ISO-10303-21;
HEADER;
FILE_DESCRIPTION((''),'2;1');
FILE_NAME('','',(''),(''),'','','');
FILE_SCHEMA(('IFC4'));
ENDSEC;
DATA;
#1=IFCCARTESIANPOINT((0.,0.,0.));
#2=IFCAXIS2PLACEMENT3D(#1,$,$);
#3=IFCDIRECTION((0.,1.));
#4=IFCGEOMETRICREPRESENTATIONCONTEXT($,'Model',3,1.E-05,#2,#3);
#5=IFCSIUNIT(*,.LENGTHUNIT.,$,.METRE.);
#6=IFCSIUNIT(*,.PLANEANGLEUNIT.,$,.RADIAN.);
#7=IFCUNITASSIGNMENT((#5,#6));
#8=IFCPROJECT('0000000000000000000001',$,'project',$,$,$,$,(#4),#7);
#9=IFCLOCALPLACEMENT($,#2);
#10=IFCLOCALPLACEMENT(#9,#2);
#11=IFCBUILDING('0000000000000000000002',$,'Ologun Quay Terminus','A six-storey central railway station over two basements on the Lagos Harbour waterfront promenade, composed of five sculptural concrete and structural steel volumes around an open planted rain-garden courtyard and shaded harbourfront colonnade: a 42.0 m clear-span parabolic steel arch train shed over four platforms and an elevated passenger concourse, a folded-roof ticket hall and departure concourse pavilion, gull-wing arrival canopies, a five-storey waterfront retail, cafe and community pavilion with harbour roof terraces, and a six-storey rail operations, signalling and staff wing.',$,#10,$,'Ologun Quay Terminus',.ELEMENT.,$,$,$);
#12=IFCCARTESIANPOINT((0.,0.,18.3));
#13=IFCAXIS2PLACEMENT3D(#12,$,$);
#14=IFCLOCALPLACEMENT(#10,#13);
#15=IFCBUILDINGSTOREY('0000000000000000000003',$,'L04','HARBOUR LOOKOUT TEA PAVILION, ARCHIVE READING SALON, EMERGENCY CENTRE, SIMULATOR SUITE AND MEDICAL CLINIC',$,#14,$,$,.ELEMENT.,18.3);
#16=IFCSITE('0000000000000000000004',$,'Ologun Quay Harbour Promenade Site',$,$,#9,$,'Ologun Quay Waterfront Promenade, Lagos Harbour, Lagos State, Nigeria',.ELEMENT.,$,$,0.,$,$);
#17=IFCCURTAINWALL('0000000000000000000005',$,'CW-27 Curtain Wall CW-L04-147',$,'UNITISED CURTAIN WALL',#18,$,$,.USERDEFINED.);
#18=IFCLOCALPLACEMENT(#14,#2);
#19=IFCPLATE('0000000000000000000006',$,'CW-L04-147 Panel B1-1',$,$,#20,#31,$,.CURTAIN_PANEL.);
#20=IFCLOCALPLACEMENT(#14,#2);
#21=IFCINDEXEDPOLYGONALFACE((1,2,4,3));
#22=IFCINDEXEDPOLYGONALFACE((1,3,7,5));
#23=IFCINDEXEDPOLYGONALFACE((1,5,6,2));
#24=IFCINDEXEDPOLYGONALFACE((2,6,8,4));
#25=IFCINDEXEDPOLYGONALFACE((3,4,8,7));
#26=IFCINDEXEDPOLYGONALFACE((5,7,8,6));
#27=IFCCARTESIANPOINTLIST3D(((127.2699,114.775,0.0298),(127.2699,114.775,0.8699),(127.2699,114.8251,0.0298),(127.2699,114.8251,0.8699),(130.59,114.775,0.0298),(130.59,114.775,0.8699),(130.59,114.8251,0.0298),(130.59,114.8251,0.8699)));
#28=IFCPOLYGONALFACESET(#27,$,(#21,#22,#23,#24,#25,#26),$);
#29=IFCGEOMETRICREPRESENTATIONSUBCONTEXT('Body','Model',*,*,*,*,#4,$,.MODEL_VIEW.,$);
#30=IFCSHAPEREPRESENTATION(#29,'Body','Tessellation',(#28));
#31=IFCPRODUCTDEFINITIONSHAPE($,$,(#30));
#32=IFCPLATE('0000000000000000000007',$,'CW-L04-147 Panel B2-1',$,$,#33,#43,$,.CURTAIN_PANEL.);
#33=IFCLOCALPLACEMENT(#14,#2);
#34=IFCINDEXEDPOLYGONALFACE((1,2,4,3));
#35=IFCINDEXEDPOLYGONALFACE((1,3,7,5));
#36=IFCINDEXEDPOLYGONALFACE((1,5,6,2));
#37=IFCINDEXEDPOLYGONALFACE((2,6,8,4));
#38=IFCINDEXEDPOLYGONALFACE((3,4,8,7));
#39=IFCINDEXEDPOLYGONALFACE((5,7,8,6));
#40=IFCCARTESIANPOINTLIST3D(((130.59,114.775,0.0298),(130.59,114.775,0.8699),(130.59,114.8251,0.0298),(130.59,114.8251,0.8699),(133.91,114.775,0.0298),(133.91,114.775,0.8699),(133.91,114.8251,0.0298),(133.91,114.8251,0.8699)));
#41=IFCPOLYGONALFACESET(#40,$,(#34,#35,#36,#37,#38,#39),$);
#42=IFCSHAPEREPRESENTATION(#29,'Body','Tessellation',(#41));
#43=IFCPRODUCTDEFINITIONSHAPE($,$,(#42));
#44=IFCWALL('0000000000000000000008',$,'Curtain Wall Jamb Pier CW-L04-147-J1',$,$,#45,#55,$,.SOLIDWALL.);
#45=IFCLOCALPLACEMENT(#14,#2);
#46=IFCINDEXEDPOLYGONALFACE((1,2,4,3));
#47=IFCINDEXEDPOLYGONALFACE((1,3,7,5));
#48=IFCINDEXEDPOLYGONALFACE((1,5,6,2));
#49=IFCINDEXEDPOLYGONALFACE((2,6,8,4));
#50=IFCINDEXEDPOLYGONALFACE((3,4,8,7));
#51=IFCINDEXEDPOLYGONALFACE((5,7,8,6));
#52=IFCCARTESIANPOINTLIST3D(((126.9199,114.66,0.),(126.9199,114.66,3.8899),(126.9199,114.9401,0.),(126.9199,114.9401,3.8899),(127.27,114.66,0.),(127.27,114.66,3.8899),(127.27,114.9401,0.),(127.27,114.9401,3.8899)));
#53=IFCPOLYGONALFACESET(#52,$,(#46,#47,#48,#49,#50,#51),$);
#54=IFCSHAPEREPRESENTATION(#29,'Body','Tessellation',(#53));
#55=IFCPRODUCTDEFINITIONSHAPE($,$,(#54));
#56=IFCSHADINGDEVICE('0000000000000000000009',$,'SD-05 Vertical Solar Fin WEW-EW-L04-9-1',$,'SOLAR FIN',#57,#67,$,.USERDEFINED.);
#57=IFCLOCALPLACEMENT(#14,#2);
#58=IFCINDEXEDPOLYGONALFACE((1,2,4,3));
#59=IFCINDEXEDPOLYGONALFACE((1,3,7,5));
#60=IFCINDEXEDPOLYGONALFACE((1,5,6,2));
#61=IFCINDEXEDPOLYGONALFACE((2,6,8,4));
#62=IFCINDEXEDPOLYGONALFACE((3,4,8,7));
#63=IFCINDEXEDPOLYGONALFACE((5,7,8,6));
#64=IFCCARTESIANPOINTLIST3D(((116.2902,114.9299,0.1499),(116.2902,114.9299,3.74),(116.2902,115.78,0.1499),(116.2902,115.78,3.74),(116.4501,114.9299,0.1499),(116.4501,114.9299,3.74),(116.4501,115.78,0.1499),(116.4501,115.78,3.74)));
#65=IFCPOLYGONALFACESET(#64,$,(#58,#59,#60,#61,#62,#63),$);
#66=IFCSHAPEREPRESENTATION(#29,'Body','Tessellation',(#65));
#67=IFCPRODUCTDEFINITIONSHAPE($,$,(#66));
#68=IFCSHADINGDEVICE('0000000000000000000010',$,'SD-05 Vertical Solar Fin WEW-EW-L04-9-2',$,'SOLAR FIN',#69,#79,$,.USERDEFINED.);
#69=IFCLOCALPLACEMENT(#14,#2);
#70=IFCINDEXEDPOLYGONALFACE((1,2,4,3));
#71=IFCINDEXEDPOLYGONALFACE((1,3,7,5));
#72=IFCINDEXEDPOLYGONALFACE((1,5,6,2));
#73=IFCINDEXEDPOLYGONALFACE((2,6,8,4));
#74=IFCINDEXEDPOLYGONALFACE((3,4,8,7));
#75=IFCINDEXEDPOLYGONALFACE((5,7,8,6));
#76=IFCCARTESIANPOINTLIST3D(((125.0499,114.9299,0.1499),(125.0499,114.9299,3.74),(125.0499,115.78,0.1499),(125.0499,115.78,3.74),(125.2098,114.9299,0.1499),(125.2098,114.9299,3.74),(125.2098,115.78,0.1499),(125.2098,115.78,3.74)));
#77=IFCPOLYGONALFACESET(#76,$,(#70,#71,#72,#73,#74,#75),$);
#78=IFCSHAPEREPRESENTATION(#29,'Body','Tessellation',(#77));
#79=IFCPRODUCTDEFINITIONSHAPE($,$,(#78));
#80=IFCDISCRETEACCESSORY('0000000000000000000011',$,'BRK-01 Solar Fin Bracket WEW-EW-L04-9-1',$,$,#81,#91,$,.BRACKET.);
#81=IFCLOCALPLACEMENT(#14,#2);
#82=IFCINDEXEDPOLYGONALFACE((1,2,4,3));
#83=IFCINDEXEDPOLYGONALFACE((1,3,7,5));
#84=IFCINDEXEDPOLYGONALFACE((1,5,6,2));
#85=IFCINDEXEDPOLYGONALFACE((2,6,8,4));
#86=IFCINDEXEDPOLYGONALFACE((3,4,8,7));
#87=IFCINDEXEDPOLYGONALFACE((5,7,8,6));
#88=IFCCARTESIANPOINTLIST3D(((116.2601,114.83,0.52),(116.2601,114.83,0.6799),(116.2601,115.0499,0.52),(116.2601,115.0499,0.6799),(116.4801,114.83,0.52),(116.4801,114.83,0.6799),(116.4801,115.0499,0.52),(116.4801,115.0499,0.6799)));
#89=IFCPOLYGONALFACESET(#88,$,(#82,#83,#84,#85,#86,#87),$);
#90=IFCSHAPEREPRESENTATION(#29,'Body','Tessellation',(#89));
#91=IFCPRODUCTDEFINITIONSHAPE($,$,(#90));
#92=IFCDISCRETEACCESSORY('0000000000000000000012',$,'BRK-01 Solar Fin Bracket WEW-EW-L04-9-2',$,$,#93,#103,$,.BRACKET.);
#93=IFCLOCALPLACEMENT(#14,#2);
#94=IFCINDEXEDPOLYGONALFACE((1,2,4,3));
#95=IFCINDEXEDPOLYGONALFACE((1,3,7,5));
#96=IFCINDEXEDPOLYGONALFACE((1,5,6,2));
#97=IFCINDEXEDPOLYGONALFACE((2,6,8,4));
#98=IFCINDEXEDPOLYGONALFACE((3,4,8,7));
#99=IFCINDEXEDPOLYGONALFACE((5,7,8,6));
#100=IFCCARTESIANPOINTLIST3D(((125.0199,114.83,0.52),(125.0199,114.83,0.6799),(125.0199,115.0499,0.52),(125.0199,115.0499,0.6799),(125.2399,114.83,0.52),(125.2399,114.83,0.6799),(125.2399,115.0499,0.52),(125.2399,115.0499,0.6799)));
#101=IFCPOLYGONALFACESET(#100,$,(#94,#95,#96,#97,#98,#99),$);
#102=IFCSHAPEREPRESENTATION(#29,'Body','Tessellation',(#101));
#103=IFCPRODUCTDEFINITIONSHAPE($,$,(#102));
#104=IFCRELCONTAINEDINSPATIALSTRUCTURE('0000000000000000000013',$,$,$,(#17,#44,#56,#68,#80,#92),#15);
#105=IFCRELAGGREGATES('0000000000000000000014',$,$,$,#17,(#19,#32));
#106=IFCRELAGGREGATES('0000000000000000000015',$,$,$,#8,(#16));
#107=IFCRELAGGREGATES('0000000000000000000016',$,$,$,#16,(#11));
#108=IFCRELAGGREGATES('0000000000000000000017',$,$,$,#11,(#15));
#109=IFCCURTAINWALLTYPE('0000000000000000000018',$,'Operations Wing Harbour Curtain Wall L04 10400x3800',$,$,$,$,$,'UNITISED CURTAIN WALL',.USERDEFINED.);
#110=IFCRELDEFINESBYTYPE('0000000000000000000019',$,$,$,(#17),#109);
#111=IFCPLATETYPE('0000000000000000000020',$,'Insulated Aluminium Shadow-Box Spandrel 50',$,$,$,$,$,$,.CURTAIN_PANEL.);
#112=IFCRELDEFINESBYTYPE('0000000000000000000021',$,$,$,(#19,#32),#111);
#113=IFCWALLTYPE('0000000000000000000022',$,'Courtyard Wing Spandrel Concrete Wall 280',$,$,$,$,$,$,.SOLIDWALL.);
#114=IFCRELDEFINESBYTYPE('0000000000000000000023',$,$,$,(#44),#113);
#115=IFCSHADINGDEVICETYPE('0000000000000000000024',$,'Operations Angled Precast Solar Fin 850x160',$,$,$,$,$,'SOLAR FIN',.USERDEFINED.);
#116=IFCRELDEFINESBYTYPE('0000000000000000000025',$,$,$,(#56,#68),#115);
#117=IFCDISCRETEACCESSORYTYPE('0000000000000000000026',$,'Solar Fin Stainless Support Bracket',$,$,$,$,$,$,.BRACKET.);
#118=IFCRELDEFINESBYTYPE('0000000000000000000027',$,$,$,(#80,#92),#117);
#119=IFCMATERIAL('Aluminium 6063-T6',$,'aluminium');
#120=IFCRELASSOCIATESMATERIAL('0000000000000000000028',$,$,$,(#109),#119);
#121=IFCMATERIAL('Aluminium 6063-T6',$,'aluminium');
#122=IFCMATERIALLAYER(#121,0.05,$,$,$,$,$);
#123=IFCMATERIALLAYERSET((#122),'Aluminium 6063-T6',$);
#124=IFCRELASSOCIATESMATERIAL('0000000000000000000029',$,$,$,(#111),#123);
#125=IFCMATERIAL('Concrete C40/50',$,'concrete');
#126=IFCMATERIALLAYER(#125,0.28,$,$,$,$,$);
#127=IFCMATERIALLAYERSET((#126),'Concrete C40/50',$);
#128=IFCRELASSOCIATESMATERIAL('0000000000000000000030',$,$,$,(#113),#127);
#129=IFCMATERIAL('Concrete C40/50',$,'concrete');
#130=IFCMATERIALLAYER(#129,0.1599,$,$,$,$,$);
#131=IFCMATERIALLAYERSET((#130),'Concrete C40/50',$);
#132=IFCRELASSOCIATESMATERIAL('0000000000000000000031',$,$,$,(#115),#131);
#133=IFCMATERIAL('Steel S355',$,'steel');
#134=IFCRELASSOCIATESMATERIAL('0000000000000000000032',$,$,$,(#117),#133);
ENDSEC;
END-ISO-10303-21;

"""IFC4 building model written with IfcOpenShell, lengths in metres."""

from ifc_helpers import new_model, si_unit, direction, frame, frame_2d, origin, origin_2d, place, context, subcontext, project, spatial, rectangle, extrude, material, layer, layer_set, type_object, element, aggregate, save


model = new_model("IFC4")

# Units and contexts
model_context = context("Model", 3, precision=1e-05, world=origin(), true_north=direction((0.0, 1.0)))
body_context = subcontext(model_context, "Body", "Model", "MODEL_VIEW")
ifc_project = project(units=[si_unit("LENGTHUNIT", "METRE"), si_unit("PLANEANGLEUNIT", "RADIAN")], contexts=[model_context])

# Site, building, storey
site_placement = place(None, origin())
site = spatial("IfcSite", under=ifc_project, at=site_placement, Name="Ologun Quay Harbour Promenade Site", LongName="Ologun Quay Waterfront Promenade, Lagos Harbour, Lagos State, Nigeria", CompositionType="ELEMENT", RefElevation=0.0)
building_placement = place(site_placement, origin())
building = spatial("IfcBuilding", under=site, at=building_placement, Name="Ologun Quay Terminus", Description="A six-storey central railway station over two basements on the Lagos Harbour waterfront promenade, composed of five sculptural concrete and structural steel volumes around an open planted rain-garden courtyard and shaded harbourfront colonnade: a 42.0 m clear-span parabolic steel arch train shed over four platforms and an elevated passenger concourse, a folded-roof ticket hall and departure concourse pavilion, gull-wing arrival canopies, a five-storey waterfront retail, cafe and community pavilion with harbour roof terraces, and a six-storey rail operations, signalling and staff wing.", LongName="Ologun Quay Terminus", CompositionType="ELEMENT")
storey_placement = place(building_placement, frame((0.0, 0.0, 18.3)))
storey = spatial("IfcBuildingStorey", under=building, at=storey_placement, Name="L04", Description="HARBOUR LOOKOUT TEA PAVILION, ARCHIVE READING SALON, EMERGENCY CENTRE, SIMULATOR SUITE AND MEDICAL CLINIC", CompositionType="ELEMENT", Elevation=18.3)

# Curtain wall, plates
ifc_material_1 = material(Name="Aluminium 6063-T6", Category="aluminium")
curtain_wall_type = type_object("IfcCurtainWallType", Name="Operations Wing Harbour Curtain Wall L04 10400x3800", ElementType="UNITISED CURTAIN WALL", PredefinedType="USERDEFINED", material=ifc_material_1)
curtain_wall_placement = place(storey_placement, origin())
curtain_wall = element("IfcCurtainWall", 1, at=curtain_wall_placement, inside=storey, type_object=curtain_wall_type, Name="CW-27 Curtain Wall CW-L04-147", ObjectType="UNITISED CURTAIN WALL", PredefinedType="USERDEFINED")
ifc_material_2 = material(Name="Aluminium 6063-T6", Category="aluminium")
ifc_layer_1 = layer(ifc_material_2, 0.05)
ifc_layer_set_1 = layer_set([ifc_layer_1], Name="Aluminium 6063-T6")
plate_type_1 = type_object("IfcPlateType", Name="Insulated Aluminium Shadow-Box Spandrel 50", PredefinedType="CURTAIN_PANEL", material=ifc_layer_set_1)
plate_1_placement = place(storey_placement, frame((128.9299, 114.8, 0.0298), z_axis=(0.0, 0.0, 1.0), x_axis=(1.0, 0.0, 0.0)))
plate_1 = element("IfcPlate", 2, at=plate_1_placement, type_object=plate_type_1, Name="CW-L04-147 Panel B1-1", PredefinedType="CURTAIN_PANEL", context=body_context, shape_type="SweptSolid", body=[
    extrude(rectangle(XDim=3.3201, YDim=0.05, at=origin_2d()), origin(), (0.0, 0.0, 1.0), 0.8401),
])
plate_2_placement = place(storey_placement, frame((132.25, 114.8, 0.0298), z_axis=(0.0, 0.0, 1.0), x_axis=(1.0, 0.0, 0.0)))
plate_2 = element("IfcPlate", 3, at=plate_2_placement, type_object=plate_type_1, Name="CW-L04-147 Panel B2-1", PredefinedType="CURTAIN_PANEL", context=body_context, shape_type="SweptSolid", body=[
    extrude(rectangle(XDim=3.3201, YDim=0.05, at=origin_2d()), origin(), (0.0, 0.0, 1.0), 0.8401),
])
aggregate(curtain_wall, [plate_1, plate_2])

# Wall
ifc_material_3 = material(Name="Concrete C40/50", Category="concrete")
ifc_layer_2 = layer(ifc_material_3, 0.28)
ifc_layer_set_2 = layer_set([ifc_layer_2], Name="Concrete C40/50")
wall_type = type_object("IfcWallType", Name="Courtyard Wing Spandrel Concrete Wall 280", PredefinedType="SOLIDWALL", material=ifc_layer_set_2)
wall_placement = place(storey_placement, frame((126.9199, 114.8, 0.0), z_axis=(0.0, 0.0, 1.0), x_axis=(1.0, 0.0, 0.0)))
element("IfcWall", 4, at=wall_placement, inside=storey, type_object=wall_type, Name="Curtain Wall Jamb Pier CW-L04-147-J1", PredefinedType="SOLIDWALL", context=body_context, shape_type="SweptSolid", body=[
    extrude(rectangle(XDim=0.3501, YDim=0.28, at=frame_2d((0.175, 0.0))), origin(), (0.0, 0.0, 1.0), 3.8899),
])

# Shading devices
ifc_material_4 = material(Name="Concrete C40/50", Category="concrete")
ifc_layer_3 = layer(ifc_material_4, 0.1599)
ifc_layer_set_3 = layer_set([ifc_layer_3], Name="Concrete C40/50")
shading_device_type = type_object("IfcShadingDeviceType", Name="Operations Angled Precast Solar Fin 850x160", ElementType="SOLAR FIN", PredefinedType="USERDEFINED", material=ifc_layer_set_3)
for number, where, z_axis, x_axis, name in (
    (5, (116.3701, 115.355, 0.1499), (0.0, 0.0, 1.0), (1.0, 0.0, 0.0), "SD-05 Vertical Solar Fin WEW-EW-L04-9-1"),
    (6, (125.1299, 115.355, 0.1499), (0.0, 0.0, 1.0), (1.0, 0.0, 0.0), "SD-05 Vertical Solar Fin WEW-EW-L04-9-2"),
):
    element("IfcShadingDevice", number, at=place(storey_placement, frame(where, z_axis=z_axis, x_axis=x_axis)), inside=storey, type_object=shading_device_type, Name=name, ObjectType="SOLAR FIN", PredefinedType="USERDEFINED", context=body_context, shape_type="SweptSolid", body=[
        extrude(rectangle(XDim=0.1599, YDim=0.8501, at=origin_2d()), origin(), (0.0, 0.0, 1.0), 3.5901),
    ])

# Discrete accessories
ifc_material_5 = material(Name="Steel S355", Category="steel")
discrete_accessory_type = type_object("IfcDiscreteAccessoryType", Name="Solar Fin Stainless Support Bracket", PredefinedType="BRACKET", material=ifc_material_5)
for number, where, z_axis, x_axis, name in (
    (7, (116.3701, 114.9399, 0.52), (0.0, 0.0, 1.0), (1.0, 0.0, 0.0), "BRK-01 Solar Fin Bracket WEW-EW-L04-9-1"),
    (8, (125.1299, 114.9399, 0.52), (0.0, 0.0, 1.0), (1.0, 0.0, 0.0), "BRK-01 Solar Fin Bracket WEW-EW-L04-9-2"),
):
    element("IfcDiscreteAccessory", number, at=place(storey_placement, frame(where, z_axis=z_axis, x_axis=x_axis)), inside=storey, type_object=discrete_accessory_type, Name=name, PredefinedType="BRACKET", context=body_context, shape_type="SweptSolid", body=[
        extrude(rectangle(XDim=0.22, YDim=0.22, at=origin_2d()), origin(), (0.0, 0.0, 1.0), 0.1599),
    ])

save(model, "model.ifc")
